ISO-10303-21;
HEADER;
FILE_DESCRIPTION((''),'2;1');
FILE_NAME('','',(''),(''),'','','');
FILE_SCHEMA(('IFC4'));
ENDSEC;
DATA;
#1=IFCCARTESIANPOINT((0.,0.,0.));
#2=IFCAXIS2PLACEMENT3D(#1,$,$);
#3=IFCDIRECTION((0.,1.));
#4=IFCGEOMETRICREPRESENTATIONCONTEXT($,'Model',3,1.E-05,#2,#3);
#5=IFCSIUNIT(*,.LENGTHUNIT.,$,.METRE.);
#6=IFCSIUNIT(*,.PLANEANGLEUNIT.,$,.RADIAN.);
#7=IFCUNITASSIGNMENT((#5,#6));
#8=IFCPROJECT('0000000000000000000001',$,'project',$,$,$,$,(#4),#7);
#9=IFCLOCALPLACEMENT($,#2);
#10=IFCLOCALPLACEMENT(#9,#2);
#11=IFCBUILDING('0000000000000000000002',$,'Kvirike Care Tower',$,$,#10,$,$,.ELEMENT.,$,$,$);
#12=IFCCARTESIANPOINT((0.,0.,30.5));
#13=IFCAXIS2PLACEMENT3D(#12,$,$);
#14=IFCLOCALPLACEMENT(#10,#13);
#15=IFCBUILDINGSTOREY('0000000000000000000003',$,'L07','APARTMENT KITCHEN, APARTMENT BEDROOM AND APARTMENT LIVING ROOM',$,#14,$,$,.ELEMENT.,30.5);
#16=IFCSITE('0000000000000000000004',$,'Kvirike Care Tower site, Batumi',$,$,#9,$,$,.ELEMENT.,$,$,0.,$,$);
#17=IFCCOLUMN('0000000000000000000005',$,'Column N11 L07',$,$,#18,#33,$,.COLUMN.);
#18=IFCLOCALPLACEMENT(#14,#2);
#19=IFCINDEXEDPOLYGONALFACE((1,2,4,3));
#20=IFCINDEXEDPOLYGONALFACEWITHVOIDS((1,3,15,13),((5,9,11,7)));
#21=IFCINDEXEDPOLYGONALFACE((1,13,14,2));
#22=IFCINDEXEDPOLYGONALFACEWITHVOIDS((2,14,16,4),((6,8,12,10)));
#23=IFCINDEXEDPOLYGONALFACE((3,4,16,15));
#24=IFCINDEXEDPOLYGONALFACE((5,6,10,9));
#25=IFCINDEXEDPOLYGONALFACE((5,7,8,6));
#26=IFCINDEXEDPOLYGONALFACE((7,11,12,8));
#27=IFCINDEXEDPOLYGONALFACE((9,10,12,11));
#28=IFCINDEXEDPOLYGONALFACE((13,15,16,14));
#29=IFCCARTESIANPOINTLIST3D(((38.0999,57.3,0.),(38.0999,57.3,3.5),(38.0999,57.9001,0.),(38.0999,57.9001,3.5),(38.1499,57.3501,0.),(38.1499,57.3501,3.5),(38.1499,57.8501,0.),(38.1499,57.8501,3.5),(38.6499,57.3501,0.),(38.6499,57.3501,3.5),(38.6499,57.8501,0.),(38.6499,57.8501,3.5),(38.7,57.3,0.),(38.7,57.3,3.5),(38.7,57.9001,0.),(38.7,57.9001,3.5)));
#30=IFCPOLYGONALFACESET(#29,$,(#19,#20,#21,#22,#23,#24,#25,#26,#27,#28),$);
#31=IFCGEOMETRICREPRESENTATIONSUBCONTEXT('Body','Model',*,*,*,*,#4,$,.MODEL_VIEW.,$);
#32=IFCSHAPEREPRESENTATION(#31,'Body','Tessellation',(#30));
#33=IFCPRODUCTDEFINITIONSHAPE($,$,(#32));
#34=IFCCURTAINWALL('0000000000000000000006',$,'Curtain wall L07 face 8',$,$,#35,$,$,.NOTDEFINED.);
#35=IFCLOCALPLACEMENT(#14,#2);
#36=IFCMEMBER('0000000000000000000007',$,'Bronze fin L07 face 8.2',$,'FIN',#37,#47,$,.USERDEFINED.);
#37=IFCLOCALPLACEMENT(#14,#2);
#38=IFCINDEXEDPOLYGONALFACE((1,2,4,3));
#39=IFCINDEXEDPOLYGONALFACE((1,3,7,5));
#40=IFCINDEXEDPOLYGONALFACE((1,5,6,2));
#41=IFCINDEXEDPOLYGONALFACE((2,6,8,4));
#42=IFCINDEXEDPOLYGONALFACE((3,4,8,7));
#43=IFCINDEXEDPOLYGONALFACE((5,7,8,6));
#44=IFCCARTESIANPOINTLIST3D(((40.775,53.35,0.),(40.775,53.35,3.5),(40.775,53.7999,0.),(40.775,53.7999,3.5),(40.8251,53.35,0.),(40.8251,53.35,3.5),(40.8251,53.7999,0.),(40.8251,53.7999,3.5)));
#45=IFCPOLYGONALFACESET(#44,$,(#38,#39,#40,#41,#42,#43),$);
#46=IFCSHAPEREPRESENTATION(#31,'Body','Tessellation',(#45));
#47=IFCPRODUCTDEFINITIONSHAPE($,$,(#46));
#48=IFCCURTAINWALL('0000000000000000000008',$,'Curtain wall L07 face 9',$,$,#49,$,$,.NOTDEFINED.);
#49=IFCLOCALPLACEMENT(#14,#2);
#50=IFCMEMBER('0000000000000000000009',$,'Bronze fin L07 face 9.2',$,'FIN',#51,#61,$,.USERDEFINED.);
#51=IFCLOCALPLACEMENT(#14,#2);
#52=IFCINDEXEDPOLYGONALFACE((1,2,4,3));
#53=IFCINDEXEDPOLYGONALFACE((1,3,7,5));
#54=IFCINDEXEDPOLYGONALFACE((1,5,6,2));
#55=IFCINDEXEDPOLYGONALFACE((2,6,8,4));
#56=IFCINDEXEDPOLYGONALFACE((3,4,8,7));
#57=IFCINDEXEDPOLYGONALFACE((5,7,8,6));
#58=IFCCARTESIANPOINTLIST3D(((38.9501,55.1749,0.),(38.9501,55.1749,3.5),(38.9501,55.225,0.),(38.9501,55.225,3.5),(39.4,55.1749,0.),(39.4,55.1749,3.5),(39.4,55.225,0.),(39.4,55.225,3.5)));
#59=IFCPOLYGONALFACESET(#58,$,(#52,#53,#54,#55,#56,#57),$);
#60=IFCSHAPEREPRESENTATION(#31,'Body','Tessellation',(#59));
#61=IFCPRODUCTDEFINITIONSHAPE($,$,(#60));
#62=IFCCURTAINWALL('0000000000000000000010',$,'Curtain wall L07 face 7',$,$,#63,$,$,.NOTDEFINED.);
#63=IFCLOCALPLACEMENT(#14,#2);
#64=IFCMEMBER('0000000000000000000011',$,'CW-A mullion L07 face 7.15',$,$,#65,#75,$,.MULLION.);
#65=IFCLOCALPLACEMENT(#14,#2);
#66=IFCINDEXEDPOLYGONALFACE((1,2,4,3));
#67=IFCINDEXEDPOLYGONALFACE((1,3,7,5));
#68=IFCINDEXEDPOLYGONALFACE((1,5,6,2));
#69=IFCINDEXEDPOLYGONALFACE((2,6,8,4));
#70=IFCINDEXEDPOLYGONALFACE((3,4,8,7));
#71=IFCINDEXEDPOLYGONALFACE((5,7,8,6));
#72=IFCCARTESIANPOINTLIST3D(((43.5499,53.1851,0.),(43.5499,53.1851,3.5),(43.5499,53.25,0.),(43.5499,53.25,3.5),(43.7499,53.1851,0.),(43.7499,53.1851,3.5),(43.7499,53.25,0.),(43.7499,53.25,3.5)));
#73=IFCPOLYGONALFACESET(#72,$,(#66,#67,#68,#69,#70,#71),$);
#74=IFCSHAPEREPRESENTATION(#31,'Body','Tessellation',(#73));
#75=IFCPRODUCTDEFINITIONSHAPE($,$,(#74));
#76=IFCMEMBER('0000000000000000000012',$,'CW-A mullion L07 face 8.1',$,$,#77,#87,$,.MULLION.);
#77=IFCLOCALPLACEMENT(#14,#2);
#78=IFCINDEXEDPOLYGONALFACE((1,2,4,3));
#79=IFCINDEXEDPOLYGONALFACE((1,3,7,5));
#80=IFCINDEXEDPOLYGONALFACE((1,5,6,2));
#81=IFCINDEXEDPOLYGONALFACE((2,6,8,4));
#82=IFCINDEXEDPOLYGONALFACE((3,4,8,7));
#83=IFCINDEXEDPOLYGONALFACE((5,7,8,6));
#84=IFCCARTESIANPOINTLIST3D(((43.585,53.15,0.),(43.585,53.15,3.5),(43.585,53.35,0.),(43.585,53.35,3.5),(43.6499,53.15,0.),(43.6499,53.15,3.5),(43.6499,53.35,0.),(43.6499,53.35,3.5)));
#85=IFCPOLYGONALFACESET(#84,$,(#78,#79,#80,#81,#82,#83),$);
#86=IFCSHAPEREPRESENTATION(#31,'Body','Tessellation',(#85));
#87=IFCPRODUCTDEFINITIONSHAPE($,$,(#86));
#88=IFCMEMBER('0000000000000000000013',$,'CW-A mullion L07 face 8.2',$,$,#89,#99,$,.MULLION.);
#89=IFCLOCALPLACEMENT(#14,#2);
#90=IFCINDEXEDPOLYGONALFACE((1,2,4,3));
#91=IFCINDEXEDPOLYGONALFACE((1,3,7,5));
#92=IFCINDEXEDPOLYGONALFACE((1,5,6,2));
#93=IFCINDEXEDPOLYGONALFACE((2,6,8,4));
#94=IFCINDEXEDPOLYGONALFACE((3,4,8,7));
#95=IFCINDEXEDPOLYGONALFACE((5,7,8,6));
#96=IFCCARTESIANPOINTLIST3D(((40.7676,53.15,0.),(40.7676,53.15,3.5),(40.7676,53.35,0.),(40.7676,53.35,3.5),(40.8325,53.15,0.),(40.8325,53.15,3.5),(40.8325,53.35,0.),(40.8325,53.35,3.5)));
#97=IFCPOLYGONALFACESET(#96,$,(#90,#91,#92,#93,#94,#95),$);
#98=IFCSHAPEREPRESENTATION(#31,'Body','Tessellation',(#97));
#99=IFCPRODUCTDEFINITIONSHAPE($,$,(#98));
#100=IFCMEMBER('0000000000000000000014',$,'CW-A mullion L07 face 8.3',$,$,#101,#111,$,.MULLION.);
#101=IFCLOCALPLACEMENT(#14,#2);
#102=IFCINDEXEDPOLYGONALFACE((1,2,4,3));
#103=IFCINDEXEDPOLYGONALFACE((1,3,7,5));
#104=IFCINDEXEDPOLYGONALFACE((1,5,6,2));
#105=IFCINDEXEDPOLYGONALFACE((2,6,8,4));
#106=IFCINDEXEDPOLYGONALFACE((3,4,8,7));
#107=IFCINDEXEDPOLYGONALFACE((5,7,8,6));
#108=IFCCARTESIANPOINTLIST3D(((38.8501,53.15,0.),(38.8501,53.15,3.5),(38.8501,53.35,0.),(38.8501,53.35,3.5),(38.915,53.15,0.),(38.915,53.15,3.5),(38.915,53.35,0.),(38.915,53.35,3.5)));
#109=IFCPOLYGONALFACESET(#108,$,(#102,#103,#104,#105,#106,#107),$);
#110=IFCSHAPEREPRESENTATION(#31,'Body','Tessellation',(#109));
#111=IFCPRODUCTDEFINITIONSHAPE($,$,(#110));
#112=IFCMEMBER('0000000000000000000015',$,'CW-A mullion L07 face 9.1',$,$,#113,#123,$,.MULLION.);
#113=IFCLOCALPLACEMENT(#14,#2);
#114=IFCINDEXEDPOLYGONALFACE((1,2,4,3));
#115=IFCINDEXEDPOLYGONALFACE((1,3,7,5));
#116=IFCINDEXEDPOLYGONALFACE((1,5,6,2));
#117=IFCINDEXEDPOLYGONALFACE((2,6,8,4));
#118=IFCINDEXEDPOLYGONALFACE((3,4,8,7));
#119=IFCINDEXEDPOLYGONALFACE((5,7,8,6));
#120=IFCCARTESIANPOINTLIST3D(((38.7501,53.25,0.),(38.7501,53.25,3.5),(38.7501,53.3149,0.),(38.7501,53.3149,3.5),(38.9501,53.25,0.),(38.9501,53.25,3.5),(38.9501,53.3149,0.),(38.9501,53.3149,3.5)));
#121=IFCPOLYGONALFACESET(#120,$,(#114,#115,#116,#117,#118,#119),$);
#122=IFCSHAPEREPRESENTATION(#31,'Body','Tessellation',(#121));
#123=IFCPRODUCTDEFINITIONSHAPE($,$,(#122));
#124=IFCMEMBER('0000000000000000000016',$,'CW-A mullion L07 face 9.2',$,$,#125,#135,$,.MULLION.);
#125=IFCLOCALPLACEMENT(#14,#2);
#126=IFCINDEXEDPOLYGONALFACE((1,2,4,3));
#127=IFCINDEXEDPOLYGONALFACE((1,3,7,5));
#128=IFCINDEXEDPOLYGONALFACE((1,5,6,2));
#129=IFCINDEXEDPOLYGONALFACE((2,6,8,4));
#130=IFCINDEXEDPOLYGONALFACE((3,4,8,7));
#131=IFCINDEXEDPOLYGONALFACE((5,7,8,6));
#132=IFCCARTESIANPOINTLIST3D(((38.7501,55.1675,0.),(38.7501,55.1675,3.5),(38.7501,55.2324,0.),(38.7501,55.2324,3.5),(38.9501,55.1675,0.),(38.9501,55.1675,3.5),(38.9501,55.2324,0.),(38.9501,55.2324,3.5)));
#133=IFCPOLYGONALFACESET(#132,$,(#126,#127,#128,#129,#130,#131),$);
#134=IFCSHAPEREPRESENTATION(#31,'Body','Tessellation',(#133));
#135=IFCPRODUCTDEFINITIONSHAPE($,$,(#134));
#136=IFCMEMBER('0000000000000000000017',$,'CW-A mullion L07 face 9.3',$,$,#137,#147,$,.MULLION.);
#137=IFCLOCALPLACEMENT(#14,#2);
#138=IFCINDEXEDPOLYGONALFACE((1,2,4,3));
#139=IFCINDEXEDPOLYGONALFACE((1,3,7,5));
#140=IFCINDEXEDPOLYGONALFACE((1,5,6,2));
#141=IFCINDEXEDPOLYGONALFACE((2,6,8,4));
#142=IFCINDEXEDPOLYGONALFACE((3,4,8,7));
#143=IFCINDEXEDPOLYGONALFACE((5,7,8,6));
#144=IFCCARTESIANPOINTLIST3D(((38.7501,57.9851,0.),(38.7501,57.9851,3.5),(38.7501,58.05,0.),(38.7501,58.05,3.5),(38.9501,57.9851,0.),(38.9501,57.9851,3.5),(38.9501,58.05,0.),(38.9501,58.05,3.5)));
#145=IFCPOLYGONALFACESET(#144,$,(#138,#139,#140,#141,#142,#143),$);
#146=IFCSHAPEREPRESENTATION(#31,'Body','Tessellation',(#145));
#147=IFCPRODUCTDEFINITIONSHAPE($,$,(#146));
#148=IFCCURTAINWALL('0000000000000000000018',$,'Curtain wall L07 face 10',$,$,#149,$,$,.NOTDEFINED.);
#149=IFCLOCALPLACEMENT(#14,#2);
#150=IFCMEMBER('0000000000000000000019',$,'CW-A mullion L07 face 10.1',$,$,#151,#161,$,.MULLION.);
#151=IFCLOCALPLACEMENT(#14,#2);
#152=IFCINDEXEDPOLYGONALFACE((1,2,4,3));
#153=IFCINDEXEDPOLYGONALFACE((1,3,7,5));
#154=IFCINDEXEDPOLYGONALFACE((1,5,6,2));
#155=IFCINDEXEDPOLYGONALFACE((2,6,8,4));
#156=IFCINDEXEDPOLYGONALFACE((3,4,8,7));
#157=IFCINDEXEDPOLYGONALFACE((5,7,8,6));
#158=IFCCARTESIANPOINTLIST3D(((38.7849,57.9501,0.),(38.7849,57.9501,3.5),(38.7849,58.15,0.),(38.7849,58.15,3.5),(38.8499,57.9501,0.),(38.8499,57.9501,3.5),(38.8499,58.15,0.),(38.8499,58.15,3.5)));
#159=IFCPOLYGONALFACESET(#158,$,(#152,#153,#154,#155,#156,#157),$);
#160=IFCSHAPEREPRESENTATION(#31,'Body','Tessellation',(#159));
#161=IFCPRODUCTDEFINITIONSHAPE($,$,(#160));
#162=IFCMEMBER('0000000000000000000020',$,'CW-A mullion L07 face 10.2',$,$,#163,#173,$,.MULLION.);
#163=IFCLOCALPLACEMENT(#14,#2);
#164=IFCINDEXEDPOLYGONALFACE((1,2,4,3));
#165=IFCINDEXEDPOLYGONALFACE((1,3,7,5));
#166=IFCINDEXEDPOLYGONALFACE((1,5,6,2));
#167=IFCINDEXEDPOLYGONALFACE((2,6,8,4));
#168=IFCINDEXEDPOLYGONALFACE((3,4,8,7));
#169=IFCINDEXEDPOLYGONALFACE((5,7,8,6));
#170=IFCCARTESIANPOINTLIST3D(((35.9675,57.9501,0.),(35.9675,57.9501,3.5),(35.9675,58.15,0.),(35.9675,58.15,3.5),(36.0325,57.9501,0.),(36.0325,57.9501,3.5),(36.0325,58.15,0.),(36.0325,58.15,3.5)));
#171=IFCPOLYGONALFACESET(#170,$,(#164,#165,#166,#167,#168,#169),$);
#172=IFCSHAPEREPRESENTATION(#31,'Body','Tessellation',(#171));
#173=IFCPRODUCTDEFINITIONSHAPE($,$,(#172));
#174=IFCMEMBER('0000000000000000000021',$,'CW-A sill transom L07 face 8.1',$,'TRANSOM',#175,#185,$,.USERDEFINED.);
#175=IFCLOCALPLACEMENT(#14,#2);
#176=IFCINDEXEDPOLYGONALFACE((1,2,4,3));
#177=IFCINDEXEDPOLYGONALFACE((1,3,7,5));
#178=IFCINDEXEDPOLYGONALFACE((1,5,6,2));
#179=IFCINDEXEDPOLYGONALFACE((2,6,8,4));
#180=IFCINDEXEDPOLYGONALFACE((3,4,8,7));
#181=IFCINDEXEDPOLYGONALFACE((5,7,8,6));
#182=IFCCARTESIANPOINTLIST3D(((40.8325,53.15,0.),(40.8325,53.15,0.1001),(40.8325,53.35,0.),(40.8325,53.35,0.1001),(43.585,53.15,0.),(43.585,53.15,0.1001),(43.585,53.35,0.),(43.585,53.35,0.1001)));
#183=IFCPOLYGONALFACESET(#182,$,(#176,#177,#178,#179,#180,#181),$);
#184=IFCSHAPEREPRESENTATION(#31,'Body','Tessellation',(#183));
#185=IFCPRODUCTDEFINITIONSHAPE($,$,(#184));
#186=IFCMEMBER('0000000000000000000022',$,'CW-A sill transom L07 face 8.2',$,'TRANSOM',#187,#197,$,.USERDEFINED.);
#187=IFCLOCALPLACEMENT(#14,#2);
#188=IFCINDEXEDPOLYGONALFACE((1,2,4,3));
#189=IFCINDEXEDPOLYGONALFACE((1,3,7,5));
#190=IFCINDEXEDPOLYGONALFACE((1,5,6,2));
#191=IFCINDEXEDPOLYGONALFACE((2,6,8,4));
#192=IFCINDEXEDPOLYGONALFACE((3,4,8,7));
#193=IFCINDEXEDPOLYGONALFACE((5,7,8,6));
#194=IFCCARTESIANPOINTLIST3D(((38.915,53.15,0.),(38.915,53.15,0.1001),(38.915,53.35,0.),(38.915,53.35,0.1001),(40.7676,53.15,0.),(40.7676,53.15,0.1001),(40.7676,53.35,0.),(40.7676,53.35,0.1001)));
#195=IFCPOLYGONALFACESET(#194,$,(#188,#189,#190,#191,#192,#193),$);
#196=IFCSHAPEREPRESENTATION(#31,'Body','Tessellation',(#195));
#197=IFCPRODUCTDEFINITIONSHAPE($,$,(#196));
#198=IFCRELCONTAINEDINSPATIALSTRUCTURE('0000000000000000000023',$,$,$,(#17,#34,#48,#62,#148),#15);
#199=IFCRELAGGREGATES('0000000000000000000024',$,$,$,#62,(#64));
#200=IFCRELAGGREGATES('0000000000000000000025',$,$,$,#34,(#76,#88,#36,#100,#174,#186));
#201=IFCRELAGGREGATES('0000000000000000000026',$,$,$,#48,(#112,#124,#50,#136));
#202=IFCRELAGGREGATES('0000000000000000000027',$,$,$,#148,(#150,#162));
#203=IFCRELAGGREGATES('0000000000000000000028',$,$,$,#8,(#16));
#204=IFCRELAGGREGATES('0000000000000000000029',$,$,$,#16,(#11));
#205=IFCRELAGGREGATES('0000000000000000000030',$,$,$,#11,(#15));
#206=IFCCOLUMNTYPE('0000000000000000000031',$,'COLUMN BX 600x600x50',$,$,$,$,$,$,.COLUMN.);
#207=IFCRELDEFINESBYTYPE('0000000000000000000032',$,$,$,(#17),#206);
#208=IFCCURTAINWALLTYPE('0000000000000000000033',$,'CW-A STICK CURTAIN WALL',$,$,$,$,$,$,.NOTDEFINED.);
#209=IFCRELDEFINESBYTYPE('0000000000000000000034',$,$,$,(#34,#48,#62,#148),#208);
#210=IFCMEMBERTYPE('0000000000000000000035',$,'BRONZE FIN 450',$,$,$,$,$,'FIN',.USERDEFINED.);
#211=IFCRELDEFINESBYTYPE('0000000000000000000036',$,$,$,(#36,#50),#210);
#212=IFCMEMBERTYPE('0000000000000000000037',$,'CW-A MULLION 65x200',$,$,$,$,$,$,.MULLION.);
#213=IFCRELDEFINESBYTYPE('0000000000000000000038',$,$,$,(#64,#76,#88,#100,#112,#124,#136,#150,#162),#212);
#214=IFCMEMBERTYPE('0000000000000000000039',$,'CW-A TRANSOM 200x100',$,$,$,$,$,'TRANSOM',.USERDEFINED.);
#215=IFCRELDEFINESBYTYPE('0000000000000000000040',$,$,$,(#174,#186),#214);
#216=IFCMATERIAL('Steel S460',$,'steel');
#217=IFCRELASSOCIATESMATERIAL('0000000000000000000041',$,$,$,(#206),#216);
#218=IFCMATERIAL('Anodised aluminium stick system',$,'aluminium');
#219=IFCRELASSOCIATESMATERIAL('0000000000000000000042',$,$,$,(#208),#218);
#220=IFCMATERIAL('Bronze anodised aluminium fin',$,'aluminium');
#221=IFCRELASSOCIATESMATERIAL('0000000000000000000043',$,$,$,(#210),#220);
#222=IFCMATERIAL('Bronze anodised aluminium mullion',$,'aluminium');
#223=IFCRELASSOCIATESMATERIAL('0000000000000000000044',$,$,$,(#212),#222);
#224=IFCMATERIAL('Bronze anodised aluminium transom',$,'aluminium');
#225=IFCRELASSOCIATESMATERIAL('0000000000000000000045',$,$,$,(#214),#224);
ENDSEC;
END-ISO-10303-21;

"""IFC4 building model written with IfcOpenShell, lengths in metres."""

from ifc_helpers import new_model, si_unit, direction, frame, origin, origin_2d, place, context, subcontext, project, spatial, rectangle, hollow_rectangle, extrude, material, material_profile, profile_set, type_object, element, aggregate, save


model = new_model("IFC4")

# Units and contexts
model_context = context("Model", 3, precision=1e-05, world=origin(), true_north=direction((0.0, 1.0)))
body_context = subcontext(model_context, "Body", "Model", "MODEL_VIEW")
ifc_project = project(units=[si_unit("LENGTHUNIT", "METRE"), si_unit("PLANEANGLEUNIT", "RADIAN")], contexts=[model_context])

# Site, building, storey
site_placement = place(None, origin())
site = spatial("IfcSite", under=ifc_project, at=site_placement, Name="Kvirike Care Tower site, Batumi", CompositionType="ELEMENT", RefElevation=0.0)
building_placement = place(site_placement, origin())
building = spatial("IfcBuilding", under=site, at=building_placement, Name="Kvirike Care Tower", CompositionType="ELEMENT")
storey_placement = place(building_placement, frame((0.0, 0.0, 30.5)))
storey = spatial("IfcBuildingStorey", under=building, at=storey_placement, Name="L07", Description="APARTMENT KITCHEN, APARTMENT BEDROOM AND APARTMENT LIVING ROOM", CompositionType="ELEMENT", Elevation=30.5)

# Column
ifc_material_1 = material(Name="Steel S460", Category="steel")
ifc_material_profile_1 = material_profile(ifc_material_1, hollow_rectangle(XDim=0.6001, YDim=0.6001, WallThickness=0.05, at=origin_2d()), Name="BX 600x600x50")
ifc_profile_set_1 = profile_set([ifc_material_profile_1], Name="Steel S460")
column_type = type_object("IfcColumnType", Name="COLUMN BX 600x600x50", PredefinedType="COLUMN", material=ifc_profile_set_1)
column_placement = place(storey_placement, frame((38.3999, 57.6001, 0.0), z_axis=(0.0, 0.0, 1.0), x_axis=(0.0, 1.0, 0.0)))
element("IfcColumn", 1, at=column_placement, inside=storey, type_object=column_type, Name="Column N11 L07", PredefinedType="COLUMN", context=body_context, shape_type="SweptSolid", body=[
    extrude(hollow_rectangle(XDim=0.6001, YDim=0.6001, WallThickness=0.05, at=origin_2d()), origin(), (0.0, 0.0, 1.0), 3.5),
])

# Curtain walls, members
ifc_material_2 = material(Name="Anodised aluminium stick system", Category="aluminium")
curtain_wall_type = type_object("IfcCurtainWallType", Name="CW-A STICK CURTAIN WALL", PredefinedType="NOTDEFINED", material=ifc_material_2)
curtain_wall_1_placement = place(storey_placement, origin())
curtain_wall_1 = element("IfcCurtainWall", 2, at=curtain_wall_1_placement, inside=storey, type_object=curtain_wall_type, Name="Curtain wall L07 face 8", PredefinedType="NOTDEFINED")
ifc_material_3 = material(Name="Bronze anodised aluminium fin", Category="aluminium")
ifc_material_profile_2 = material_profile(ifc_material_3, rectangle(XDim=0.05, YDim=0.45, at=origin_2d()), Name="BRONZE FIN 450")
ifc_profile_set_2 = profile_set([ifc_material_profile_2], Name="Bronze anodised aluminium fin")
member_type_1 = type_object("IfcMemberType", Name="BRONZE FIN 450", ElementType="FIN", PredefinedType="USERDEFINED", material=ifc_profile_set_2)
member_1_placement = place(storey_placement, frame((40.8, 53.575, 0.0), z_axis=(0.0, 0.0, 1.0), x_axis=(-1.0, 0.0, 0.0)))
member_1 = element("IfcMember", 3, at=member_1_placement, type_object=member_type_1, Name="Bronze fin L07 face 8.2", ObjectType="FIN", PredefinedType="USERDEFINED", context=body_context, shape_type="SweptSolid", body=[
    extrude(rectangle(XDim=0.05, YDim=0.45, at=origin_2d()), origin(), (0.0, 0.0, 1.0), 3.5),
])
curtain_wall_2_placement = place(storey_placement, origin())
curtain_wall_2 = element("IfcCurtainWall", 4, at=curtain_wall_2_placement, inside=storey, type_object=curtain_wall_type, Name="Curtain wall L07 face 9", PredefinedType="NOTDEFINED")
member_2_placement = place(storey_placement, frame((39.175, 55.2, 0.0), z_axis=(0.0, 0.0, 1.0), x_axis=(0.0, 1.0, 0.0)))
member_2 = element("IfcMember", 5, at=member_2_placement, type_object=member_type_1, Name="Bronze fin L07 face 9.2", ObjectType="FIN", PredefinedType="USERDEFINED", context=body_context, shape_type="SweptSolid", body=[
    extrude(rectangle(XDim=0.05, YDim=0.45, at=origin_2d()), origin(), (0.0, 0.0, 1.0), 3.5),
])
curtain_wall_3_placement = place(storey_placement, origin())
curtain_wall_3 = element("IfcCurtainWall", 6, at=curtain_wall_3_placement, inside=storey, type_object=curtain_wall_type, Name="Curtain wall L07 face 7", PredefinedType="NOTDEFINED")
ifc_material_4 = material(Name="Bronze anodised aluminium mullion", Category="aluminium")
ifc_material_profile_3 = material_profile(ifc_material_4, rectangle(XDim=0.0649, YDim=0.2, at=origin_2d()), Name="CW-A MULLION 65x200")
ifc_profile_set_3 = profile_set([ifc_material_profile_3], Name="Bronze anodised aluminium mullion")
member_type_2 = type_object("IfcMemberType", Name="CW-A MULLION 65x200", PredefinedType="MULLION", material=ifc_profile_set_3)
member_3_placement = place(storey_placement, frame((43.6499, 53.2175, 0.0), z_axis=(0.0, 0.0, 1.0), x_axis=(0.0, 1.0, 0.0)))
member_3 = element("IfcMember", 7, at=member_3_placement, type_object=member_type_2, Name="CW-A mullion L07 face 7.15", PredefinedType="MULLION", context=body_context, shape_type="SweptSolid", body=[
    extrude(rectangle(XDim=0.0649, YDim=0.2, at=origin_2d()), origin(), (0.0, 0.0, 1.0), 3.5),
])
aggregate(curtain_wall_3, [member_3])

# Members
member_4_placement = place(storey_placement, frame((43.6174, 53.25, 0.0), z_axis=(0.0, 0.0, 1.0), x_axis=(-1.0, 0.0, 0.0)))
member_4 = element("IfcMember", 8, at=member_4_placement, type_object=member_type_2, Name="CW-A mullion L07 face 8.1", PredefinedType="MULLION", context=body_context, shape_type="SweptSolid", body=[
    extrude(rectangle(XDim=0.0649, YDim=0.2, at=origin_2d()), origin(), (0.0, 0.0, 1.0), 3.5),
])
member_5_placement = place(storey_placement, frame((40.8, 53.25, 0.0), z_axis=(0.0, 0.0, 1.0), x_axis=(-1.0, 0.0, 0.0)))
member_5 = element("IfcMember", 9, at=member_5_placement, type_object=member_type_2, Name="CW-A mullion L07 face 8.2", PredefinedType="MULLION", context=body_context, shape_type="SweptSolid", body=[
    extrude(rectangle(XDim=0.0649, YDim=0.2, at=origin_2d()), origin(), (0.0, 0.0, 1.0), 3.5),
])
member_6_placement = place(storey_placement, frame((38.8826, 53.25, 0.0), z_axis=(0.0, 0.0, 1.0), x_axis=(-1.0, 0.0, 0.0)))
member_6 = element("IfcMember", 10, at=member_6_placement, type_object=member_type_2, Name="CW-A mullion L07 face 8.3", PredefinedType="MULLION", context=body_context, shape_type="SweptSolid", body=[
    extrude(rectangle(XDim=0.0649, YDim=0.2, at=origin_2d()), origin(), (0.0, 0.0, 1.0), 3.5),
])
member_7_placement = place(storey_placement, frame((38.8501, 53.2825, 0.0), z_axis=(0.0, 0.0, 1.0), x_axis=(0.0, 1.0, 0.0)))
member_7 = element("IfcMember", 11, at=member_7_placement, type_object=member_type_2, Name="CW-A mullion L07 face 9.1", PredefinedType="MULLION", context=body_context, shape_type="SweptSolid", body=[
    extrude(rectangle(XDim=0.0649, YDim=0.2, at=origin_2d()), origin(), (0.0, 0.0, 1.0), 3.5),
])
member_8_placement = place(storey_placement, frame((38.8501, 55.2, 0.0), z_axis=(0.0, 0.0, 1.0), x_axis=(0.0, 1.0, 0.0)))
member_8 = element("IfcMember", 12, at=member_8_placement, type_object=member_type_2, Name="CW-A mullion L07 face 9.2", PredefinedType="MULLION", context=body_context, shape_type="SweptSolid", body=[
    extrude(rectangle(XDim=0.0649, YDim=0.2, at=origin_2d()), origin(), (0.0, 0.0, 1.0), 3.5),
])
member_9_placement = place(storey_placement, frame((38.8501, 58.0176, 0.0), z_axis=(0.0, 0.0, 1.0), x_axis=(0.0, 1.0, 0.0)))
member_9 = element("IfcMember", 13, at=member_9_placement, type_object=member_type_2, Name="CW-A mullion L07 face 9.3", PredefinedType="MULLION", context=body_context, shape_type="SweptSolid", body=[
    extrude(rectangle(XDim=0.0649, YDim=0.2, at=origin_2d()), origin(), (0.0, 0.0, 1.0), 3.5),
])

# Curtain wall, members
curtain_wall_4_placement = place(storey_placement, origin())
curtain_wall_4 = element("IfcCurtainWall", 14, at=curtain_wall_4_placement, inside=storey, type_object=curtain_wall_type, Name="Curtain wall L07 face 10", PredefinedType="NOTDEFINED")
member_10_placement = place(storey_placement, frame((38.8174, 58.05, 0.0), z_axis=(0.0, 0.0, 1.0), x_axis=(-1.0, 0.0, 0.0)))
member_10 = element("IfcMember", 15, at=member_10_placement, type_object=member_type_2, Name="CW-A mullion L07 face 10.1", PredefinedType="MULLION", context=body_context, shape_type="SweptSolid", body=[
    extrude(rectangle(XDim=0.0649, YDim=0.2, at=origin_2d()), origin(), (0.0, 0.0, 1.0), 3.5),
])
member_11_placement = place(storey_placement, frame((36.0, 58.05, 0.0), z_axis=(0.0, 0.0, 1.0), x_axis=(-1.0, 0.0, 0.0)))
member_11 = element("IfcMember", 16, at=member_11_placement, type_object=member_type_2, Name="CW-A mullion L07 face 10.2", PredefinedType="MULLION", context=body_context, shape_type="SweptSolid", body=[
    extrude(rectangle(XDim=0.0649, YDim=0.2, at=origin_2d()), origin(), (0.0, 0.0, 1.0), 3.5),
])

# Members
ifc_material_5 = material(Name="Bronze anodised aluminium transom", Category="aluminium")
ifc_material_profile_4 = material_profile(ifc_material_5, rectangle(XDim=0.2, YDim=0.1001, at=origin_2d()), Name="CW-A TRANSOM 200x100")
ifc_profile_set_4 = profile_set([ifc_material_profile_4], Name="Bronze anodised aluminium transom")
member_type_3 = type_object("IfcMemberType", Name="CW-A TRANSOM 200x100", ElementType="TRANSOM", PredefinedType="USERDEFINED", material=ifc_profile_set_4)
member_12_placement = place(storey_placement, frame((43.585, 53.25, 0.05), z_axis=(-1.0, 0.0, 0.0), x_axis=(0.0, -1.0, 0.0)))
member_12 = element("IfcMember", 17, at=member_12_placement, type_object=member_type_3, Name="CW-A sill transom L07 face 8.1", ObjectType="TRANSOM", PredefinedType="USERDEFINED", context=body_context, shape_type="SweptSolid", body=[
    extrude(rectangle(XDim=0.2, YDim=0.1001, at=origin_2d()), origin(), (0.0, 0.0, 1.0), 2.7524),
])
member_13_placement = place(storey_placement, frame((40.7676, 53.25, 0.05), z_axis=(-1.0, 0.0, 0.0), x_axis=(0.0, -1.0, 0.0)))
member_13 = element("IfcMember", 18, at=member_13_placement, type_object=member_type_3, Name="CW-A sill transom L07 face 8.2", ObjectType="TRANSOM", PredefinedType="USERDEFINED", context=body_context, shape_type="SweptSolid", body=[
    extrude(rectangle(XDim=0.2, YDim=0.1001, at=origin_2d()), origin(), (0.0, 0.0, 1.0), 1.8525),
])

aggregate(curtain_wall_1, [member_4, member_5, member_1, member_6, member_12, member_13])
aggregate(curtain_wall_2, [member_7, member_8, member_2, member_9])
aggregate(curtain_wall_4, [member_10, member_11])

save(model, "model.ifc")
